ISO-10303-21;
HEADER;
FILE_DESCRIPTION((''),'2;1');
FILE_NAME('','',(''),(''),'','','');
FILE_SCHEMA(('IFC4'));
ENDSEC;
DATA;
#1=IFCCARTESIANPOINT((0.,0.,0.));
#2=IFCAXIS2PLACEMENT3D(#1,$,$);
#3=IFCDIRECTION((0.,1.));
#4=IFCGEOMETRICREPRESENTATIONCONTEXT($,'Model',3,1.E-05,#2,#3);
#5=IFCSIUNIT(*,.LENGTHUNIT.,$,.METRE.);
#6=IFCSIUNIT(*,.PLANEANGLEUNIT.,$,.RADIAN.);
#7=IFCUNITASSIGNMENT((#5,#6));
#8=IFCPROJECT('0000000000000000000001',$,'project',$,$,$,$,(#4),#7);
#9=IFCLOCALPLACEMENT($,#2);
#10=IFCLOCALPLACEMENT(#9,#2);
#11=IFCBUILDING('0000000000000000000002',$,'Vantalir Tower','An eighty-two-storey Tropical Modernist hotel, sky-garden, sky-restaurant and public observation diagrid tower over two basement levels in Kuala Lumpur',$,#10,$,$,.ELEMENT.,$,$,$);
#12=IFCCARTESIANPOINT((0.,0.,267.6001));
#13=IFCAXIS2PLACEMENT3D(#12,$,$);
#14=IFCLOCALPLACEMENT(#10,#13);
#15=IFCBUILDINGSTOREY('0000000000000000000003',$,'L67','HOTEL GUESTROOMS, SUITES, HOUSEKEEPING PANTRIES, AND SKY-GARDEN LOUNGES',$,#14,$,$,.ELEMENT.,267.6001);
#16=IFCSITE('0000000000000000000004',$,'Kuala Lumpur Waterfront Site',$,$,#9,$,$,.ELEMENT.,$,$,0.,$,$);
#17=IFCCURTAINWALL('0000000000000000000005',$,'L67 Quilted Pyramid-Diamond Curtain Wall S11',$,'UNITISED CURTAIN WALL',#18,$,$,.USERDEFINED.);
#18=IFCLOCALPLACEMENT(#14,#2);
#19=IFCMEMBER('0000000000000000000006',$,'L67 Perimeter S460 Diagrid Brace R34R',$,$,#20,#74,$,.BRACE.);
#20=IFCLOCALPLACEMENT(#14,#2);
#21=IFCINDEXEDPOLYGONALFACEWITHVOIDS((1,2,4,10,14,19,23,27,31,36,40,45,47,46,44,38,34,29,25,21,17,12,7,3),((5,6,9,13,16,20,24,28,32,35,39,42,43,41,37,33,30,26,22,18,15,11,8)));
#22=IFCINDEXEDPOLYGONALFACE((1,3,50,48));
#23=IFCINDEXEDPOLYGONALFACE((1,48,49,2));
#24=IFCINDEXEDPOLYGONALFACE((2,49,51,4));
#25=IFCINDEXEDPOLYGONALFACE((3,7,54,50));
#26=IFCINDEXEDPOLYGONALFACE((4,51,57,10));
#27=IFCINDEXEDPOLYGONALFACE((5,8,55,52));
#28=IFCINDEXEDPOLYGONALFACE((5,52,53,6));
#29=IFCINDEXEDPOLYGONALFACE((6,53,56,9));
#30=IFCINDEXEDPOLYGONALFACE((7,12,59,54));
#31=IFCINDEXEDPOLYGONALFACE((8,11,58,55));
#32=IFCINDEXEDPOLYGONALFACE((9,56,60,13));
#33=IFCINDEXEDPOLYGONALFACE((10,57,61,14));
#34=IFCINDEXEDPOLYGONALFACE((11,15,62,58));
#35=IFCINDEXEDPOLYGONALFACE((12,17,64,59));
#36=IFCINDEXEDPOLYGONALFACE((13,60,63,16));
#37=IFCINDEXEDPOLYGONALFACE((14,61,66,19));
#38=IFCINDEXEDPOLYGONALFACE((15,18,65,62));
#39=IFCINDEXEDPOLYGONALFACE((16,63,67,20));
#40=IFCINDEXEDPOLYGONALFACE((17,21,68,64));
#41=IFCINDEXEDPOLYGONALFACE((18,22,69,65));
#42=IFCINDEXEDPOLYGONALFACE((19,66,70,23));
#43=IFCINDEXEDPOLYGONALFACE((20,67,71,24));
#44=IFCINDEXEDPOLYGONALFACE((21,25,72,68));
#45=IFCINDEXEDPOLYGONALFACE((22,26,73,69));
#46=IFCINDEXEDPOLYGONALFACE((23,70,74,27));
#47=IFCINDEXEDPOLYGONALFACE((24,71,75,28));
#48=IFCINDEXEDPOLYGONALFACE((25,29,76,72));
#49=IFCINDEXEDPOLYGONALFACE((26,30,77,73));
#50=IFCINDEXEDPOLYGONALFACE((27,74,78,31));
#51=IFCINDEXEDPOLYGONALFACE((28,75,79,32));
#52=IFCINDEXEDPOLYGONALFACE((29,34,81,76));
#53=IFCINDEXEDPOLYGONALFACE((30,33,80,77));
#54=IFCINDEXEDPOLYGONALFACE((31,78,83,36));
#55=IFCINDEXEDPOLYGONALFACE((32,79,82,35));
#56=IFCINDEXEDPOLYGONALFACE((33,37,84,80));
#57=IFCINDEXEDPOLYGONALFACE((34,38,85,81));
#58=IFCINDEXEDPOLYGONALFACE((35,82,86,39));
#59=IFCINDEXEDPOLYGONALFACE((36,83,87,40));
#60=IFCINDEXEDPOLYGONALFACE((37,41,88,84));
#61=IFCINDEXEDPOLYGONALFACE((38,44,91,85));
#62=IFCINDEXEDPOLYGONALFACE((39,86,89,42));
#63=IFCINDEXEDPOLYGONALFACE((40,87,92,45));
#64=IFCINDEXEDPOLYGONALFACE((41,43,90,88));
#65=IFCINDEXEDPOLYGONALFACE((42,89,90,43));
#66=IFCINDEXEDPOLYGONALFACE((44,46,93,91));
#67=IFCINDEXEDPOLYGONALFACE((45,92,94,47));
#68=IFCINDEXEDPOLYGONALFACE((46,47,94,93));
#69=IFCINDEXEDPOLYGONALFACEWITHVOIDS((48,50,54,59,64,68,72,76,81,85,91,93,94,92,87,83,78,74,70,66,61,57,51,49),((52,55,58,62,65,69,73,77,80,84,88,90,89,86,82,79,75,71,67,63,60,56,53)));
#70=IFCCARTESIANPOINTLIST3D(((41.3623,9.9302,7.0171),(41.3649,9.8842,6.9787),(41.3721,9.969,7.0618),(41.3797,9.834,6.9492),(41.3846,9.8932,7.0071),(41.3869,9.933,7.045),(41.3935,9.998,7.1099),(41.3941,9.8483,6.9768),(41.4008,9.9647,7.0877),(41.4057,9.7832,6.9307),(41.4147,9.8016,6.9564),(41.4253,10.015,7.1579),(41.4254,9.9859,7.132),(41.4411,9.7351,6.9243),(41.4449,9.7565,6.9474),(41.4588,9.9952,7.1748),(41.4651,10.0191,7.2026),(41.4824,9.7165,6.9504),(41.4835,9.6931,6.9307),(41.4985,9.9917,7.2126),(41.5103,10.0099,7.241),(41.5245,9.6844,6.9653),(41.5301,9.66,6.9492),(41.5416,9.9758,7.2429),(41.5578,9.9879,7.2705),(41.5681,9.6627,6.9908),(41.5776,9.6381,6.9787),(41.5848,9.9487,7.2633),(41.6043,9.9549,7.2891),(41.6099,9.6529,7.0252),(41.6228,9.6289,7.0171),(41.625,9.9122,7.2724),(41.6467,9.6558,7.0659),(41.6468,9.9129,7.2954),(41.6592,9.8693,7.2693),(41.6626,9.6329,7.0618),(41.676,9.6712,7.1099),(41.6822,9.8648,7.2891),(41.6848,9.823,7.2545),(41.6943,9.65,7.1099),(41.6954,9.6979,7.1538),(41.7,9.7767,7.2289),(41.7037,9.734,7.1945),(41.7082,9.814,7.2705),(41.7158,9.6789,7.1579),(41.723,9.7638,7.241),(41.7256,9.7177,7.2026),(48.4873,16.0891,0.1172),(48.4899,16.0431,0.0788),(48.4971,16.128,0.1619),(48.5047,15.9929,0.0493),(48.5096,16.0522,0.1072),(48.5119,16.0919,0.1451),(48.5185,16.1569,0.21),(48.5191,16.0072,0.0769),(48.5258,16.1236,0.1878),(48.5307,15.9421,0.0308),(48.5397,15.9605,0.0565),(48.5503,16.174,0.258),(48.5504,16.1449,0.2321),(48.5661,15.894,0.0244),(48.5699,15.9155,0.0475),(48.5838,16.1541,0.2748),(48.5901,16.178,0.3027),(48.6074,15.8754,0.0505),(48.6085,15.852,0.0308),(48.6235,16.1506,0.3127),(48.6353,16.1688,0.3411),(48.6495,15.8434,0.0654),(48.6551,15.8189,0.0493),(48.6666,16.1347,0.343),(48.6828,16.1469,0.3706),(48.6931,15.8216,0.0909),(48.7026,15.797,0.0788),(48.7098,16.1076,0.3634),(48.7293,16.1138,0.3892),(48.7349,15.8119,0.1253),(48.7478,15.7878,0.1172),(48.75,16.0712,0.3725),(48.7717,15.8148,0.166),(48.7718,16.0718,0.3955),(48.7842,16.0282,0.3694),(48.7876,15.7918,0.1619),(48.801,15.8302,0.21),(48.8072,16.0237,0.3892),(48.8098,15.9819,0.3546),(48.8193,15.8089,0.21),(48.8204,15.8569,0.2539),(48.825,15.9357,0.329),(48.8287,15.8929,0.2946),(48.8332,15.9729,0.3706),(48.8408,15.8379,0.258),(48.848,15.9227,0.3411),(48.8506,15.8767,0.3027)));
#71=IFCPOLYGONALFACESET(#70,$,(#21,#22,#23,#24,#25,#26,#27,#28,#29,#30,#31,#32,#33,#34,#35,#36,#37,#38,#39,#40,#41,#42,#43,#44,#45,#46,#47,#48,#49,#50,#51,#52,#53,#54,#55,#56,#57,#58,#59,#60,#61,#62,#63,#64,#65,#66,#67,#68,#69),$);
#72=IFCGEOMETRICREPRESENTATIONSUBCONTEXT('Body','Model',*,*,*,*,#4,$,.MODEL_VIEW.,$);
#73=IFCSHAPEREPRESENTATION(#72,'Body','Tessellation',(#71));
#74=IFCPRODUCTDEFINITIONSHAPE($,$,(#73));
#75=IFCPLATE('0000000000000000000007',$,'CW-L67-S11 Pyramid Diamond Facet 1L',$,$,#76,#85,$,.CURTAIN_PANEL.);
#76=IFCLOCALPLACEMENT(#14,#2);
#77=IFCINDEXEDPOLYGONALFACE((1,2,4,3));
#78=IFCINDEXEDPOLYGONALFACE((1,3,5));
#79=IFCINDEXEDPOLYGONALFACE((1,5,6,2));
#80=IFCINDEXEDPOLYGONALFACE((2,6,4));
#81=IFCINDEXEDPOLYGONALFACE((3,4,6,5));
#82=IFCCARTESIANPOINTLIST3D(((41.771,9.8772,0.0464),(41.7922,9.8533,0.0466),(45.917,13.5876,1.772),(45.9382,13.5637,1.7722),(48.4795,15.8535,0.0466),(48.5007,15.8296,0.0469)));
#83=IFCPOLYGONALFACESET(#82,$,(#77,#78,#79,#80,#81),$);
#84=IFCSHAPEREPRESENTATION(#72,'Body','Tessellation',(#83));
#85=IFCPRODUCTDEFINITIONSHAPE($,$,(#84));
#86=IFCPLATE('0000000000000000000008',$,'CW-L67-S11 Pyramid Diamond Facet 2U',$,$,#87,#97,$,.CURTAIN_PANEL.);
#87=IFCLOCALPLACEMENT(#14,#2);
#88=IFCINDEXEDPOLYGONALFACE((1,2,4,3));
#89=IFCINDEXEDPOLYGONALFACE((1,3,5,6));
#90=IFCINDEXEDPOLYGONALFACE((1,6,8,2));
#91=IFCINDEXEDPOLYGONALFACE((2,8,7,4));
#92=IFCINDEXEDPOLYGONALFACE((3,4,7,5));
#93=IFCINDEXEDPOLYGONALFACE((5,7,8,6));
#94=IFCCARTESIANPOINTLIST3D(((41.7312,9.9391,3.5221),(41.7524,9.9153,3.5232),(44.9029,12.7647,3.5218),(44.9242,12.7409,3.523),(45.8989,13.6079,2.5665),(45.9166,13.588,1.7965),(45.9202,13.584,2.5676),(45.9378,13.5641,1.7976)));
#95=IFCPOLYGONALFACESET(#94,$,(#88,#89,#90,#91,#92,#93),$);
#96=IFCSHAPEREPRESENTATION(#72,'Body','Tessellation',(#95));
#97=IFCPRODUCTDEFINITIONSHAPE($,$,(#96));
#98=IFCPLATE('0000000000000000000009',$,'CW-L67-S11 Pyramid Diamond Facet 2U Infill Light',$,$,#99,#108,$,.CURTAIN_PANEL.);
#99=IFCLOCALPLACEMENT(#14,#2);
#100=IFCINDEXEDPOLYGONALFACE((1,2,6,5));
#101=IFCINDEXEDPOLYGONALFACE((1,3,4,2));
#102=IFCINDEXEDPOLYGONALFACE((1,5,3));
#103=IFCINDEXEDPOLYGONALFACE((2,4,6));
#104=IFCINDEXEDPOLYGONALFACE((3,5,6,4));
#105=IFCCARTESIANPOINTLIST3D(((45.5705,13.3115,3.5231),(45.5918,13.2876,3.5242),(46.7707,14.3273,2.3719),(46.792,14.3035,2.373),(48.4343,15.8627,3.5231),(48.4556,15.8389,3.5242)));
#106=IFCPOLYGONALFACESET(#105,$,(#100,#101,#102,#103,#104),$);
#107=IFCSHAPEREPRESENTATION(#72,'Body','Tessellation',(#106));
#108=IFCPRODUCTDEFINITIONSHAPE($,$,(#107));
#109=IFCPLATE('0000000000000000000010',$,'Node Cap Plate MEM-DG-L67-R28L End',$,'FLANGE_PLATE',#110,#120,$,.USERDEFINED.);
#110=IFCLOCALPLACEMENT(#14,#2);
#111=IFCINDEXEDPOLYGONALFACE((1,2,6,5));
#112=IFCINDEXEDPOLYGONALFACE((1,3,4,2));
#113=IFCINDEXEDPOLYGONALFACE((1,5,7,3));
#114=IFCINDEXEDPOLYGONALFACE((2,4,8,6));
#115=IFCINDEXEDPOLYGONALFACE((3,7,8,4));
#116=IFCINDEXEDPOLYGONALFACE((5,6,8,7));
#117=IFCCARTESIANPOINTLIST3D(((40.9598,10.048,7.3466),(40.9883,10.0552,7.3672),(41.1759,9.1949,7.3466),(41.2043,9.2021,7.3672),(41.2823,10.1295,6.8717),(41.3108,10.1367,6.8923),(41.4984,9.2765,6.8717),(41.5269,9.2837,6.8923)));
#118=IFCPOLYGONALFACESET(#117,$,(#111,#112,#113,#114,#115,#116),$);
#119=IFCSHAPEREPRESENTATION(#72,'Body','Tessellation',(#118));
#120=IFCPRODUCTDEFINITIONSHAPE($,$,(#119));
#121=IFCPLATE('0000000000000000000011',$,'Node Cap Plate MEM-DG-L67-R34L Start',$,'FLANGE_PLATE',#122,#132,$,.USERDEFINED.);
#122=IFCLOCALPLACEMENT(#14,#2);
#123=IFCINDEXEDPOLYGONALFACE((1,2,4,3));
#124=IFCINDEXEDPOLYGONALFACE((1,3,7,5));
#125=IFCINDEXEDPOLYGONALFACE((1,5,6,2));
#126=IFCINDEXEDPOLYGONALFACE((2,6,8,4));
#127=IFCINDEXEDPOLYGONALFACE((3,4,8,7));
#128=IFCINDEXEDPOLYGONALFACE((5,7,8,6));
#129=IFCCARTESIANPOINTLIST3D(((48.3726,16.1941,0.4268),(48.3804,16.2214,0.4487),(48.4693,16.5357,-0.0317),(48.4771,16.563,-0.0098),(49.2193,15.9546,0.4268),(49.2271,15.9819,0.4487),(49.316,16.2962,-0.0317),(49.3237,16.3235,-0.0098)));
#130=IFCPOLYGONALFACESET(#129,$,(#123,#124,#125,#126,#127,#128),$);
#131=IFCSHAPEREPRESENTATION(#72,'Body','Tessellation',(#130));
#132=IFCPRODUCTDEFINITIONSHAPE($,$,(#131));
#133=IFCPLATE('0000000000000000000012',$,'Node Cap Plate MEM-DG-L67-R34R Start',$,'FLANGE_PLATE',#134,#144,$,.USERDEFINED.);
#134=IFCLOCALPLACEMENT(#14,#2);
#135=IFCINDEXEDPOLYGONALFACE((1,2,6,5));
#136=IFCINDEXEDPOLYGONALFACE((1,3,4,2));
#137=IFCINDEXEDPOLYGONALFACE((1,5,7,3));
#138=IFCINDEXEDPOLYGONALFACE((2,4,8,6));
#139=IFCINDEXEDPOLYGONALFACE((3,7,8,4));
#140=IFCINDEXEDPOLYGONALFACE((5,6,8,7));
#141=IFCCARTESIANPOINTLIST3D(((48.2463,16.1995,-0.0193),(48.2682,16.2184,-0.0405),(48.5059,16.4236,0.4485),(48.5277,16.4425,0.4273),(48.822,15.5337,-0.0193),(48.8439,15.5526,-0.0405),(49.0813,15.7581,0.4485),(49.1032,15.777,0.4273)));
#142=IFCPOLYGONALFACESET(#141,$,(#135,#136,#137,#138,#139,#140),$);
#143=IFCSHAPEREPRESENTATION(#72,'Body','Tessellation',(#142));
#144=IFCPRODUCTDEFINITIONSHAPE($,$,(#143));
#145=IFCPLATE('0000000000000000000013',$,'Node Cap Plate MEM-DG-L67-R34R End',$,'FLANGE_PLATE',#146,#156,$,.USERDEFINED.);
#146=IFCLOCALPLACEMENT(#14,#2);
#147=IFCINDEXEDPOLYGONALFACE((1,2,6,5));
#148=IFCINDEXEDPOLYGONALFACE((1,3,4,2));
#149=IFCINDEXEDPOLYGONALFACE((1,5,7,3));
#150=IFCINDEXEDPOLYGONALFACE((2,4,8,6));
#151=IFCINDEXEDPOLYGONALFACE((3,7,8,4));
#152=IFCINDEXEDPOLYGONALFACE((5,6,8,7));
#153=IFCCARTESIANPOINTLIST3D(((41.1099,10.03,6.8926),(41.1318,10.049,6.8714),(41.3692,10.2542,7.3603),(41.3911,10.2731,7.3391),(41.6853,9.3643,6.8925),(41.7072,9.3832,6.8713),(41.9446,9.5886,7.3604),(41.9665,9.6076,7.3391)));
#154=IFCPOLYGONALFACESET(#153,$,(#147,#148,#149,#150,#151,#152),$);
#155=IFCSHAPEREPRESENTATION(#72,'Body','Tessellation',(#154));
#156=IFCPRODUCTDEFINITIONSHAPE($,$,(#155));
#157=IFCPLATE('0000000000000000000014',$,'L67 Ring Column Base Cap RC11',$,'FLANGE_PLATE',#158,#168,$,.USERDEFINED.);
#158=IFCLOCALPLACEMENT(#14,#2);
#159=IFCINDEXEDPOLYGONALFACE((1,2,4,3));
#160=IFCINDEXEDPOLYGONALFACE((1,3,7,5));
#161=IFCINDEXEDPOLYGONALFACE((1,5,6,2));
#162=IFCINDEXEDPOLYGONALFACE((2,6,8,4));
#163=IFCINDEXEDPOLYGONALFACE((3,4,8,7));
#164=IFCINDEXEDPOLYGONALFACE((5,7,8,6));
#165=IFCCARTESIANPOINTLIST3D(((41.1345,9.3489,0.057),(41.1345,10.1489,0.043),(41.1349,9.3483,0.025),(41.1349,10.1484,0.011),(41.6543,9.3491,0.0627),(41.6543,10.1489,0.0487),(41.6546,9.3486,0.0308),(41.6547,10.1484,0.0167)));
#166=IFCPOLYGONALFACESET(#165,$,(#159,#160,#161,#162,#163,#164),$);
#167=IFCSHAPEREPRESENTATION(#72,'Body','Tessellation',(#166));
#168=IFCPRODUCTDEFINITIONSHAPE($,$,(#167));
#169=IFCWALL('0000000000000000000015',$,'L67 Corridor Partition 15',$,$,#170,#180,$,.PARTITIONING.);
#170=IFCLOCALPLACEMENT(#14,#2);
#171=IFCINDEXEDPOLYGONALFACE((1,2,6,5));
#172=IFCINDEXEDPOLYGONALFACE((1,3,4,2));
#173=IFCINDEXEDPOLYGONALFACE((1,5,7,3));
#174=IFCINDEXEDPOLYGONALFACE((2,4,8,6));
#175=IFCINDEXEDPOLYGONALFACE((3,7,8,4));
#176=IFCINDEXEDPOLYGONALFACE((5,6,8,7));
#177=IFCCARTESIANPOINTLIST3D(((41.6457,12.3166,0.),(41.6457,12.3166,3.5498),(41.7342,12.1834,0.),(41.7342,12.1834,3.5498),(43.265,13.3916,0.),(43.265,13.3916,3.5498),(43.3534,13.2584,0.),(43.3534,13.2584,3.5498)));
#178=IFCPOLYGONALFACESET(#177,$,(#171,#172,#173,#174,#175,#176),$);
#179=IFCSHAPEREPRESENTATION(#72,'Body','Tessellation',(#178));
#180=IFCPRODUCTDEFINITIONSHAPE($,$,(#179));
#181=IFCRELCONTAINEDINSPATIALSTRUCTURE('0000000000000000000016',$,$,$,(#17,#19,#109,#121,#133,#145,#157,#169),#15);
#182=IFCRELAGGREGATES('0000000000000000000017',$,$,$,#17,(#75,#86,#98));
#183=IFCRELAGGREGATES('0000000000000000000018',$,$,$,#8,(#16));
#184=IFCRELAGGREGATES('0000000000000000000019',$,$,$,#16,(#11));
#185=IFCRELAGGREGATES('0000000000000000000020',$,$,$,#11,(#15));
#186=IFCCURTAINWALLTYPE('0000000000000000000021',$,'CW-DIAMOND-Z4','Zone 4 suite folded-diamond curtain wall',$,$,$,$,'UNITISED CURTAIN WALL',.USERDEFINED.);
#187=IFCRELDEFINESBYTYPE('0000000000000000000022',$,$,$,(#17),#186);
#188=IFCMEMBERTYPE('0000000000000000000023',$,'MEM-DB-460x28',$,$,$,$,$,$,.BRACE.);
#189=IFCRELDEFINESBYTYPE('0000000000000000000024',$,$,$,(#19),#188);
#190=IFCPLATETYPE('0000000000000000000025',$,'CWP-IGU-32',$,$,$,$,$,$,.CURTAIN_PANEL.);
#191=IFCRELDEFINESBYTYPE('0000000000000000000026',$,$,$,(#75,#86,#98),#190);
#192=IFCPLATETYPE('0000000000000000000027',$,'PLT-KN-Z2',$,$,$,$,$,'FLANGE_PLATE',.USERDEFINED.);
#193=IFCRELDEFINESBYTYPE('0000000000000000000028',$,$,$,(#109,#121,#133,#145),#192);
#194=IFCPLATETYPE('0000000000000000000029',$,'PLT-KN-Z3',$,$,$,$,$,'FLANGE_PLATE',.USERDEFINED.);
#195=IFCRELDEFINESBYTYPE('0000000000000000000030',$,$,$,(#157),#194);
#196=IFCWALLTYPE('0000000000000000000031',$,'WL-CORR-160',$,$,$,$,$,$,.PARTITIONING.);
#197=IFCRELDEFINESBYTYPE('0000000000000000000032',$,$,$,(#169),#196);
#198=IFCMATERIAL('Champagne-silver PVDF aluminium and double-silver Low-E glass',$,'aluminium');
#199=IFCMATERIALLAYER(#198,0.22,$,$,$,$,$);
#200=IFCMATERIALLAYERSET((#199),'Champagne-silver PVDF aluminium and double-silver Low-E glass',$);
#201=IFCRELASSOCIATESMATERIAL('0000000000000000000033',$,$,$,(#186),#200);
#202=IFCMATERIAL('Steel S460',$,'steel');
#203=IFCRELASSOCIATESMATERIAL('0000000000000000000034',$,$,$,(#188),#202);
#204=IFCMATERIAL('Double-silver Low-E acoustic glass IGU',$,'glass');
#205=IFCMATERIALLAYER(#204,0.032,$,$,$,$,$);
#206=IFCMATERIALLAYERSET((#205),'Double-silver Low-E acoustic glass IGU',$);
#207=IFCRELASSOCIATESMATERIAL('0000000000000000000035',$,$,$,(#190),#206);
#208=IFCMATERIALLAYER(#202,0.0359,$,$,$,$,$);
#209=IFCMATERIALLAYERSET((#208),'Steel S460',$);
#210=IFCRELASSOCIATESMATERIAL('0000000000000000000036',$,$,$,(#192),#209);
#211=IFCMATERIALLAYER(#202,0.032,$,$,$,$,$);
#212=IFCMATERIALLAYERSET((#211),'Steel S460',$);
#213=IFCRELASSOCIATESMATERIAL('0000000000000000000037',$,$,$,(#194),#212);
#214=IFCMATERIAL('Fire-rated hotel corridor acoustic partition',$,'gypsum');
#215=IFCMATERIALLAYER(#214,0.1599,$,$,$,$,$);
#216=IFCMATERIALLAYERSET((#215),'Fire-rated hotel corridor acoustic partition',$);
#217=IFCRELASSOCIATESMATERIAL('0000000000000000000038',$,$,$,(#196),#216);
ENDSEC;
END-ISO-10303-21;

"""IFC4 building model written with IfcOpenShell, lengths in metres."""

from ifc_helpers import new_model, si_unit, direction, frame, frame_2d, origin, origin_2d, place, context, subcontext, project, spatial, polyline, rectangle, hollow_circle, outline, extrude, material, layer, layer_set, material_profile, profile_set, type_object, element, aggregate, save


model = new_model("IFC4")

# Units and contexts
model_context = context("Model", 3, precision=1e-05, world=origin(), true_north=direction((0.0, 1.0)))
body_context = subcontext(model_context, "Body", "Model", "MODEL_VIEW")
ifc_project = project(units=[si_unit("LENGTHUNIT", "METRE"), si_unit("PLANEANGLEUNIT", "RADIAN")], contexts=[model_context])

# Site, building, storey
site_placement = place(None, origin())
site = spatial("IfcSite", under=ifc_project, at=site_placement, Name="Kuala Lumpur Waterfront Site", CompositionType="ELEMENT", RefElevation=0.0)
building_placement = place(site_placement, origin())
building = spatial("IfcBuilding", under=site, at=building_placement, Name="Vantalir Tower", Description="An eighty-two-storey Tropical Modernist hotel, sky-garden, sky-restaurant and public observation diagrid tower over two basement levels in Kuala Lumpur", CompositionType="ELEMENT")
storey_placement = place(building_placement, frame((0.0, 0.0, 267.6001)))
storey = spatial("IfcBuildingStorey", under=building, at=storey_placement, Name="L67", Description="HOTEL GUESTROOMS, SUITES, HOUSEKEEPING PANTRIES, AND SKY-GARDEN LOUNGES", CompositionType="ELEMENT", Elevation=267.6001)

# Shared definitions
ifc_material_1 = material(Name="Steel S460", Category="steel")

# Shared definitions
ifc_material_2 = material(Name="Champagne-silver PVDF aluminium and double-silver Low-E glass", Category="aluminium")
ifc_layer_1 = layer(ifc_material_2, 0.22)
ifc_layer_set_1 = layer_set([ifc_layer_1], Name="Champagne-silver PVDF aluminium and double-silver Low-E glass")
curtain_wall_type = type_object("IfcCurtainWallType", Name="CW-DIAMOND-Z4", Description="Zone 4 suite folded-diamond curtain wall", ElementType="UNITISED CURTAIN WALL", PredefinedType="USERDEFINED", material=ifc_layer_set_1)

# Curtain wall
curtain_wall_1_placement = place(storey_placement, origin())
curtain_wall_1 = element("IfcCurtainWall", 1, at=curtain_wall_1_placement, inside=storey, type_object=curtain_wall_type, Name="L67 Quilted Pyramid-Diamond Curtain Wall S11", ObjectType="UNITISED CURTAIN WALL", PredefinedType="USERDEFINED")

# Member
ifc_material_profile_1 = material_profile(ifc_material_1, hollow_circle(Radius=0.23, WallThickness=0.0281, at=origin_2d()), Name="Steel S460")
ifc_profile_set_1 = profile_set([ifc_material_profile_1], Name="Steel S460")
member_type_1 = type_object("IfcMemberType", Name="MEM-DB-460x28", PredefinedType="BRACE", material=ifc_profile_set_1)
member_1_placement = place(storey_placement, frame((48.6689, 15.9829, 0.21), z_axis=(-0.610276, -0.52753, 0.590996), x_axis=(0.653956, -0.756533, 0.0)))
element("IfcMember", 2, at=member_1_placement, inside=storey, type_object=member_type_1, Name="L67 Perimeter S460 Diagrid Brace R34R", PredefinedType="BRACE", context=body_context, shape_type="SweptSolid", body=[
    extrude(hollow_circle(Radius=0.23, WallThickness=0.0281, at=origin_2d()), origin(), (0.0, 0.0, 1.0), 11.675),
])

# Plates
ifc_material_3 = material(Name="Double-silver Low-E acoustic glass IGU", Category="glass")
ifc_layer_2 = layer(ifc_material_3, 0.032)
ifc_layer_set_2 = layer_set([ifc_layer_2], Name="Double-silver Low-E acoustic glass IGU")
plate_type_1 = type_object("IfcPlateType", Name="CWP-IGU-32", PredefinedType="CURTAIN_PANEL", material=ifc_layer_set_2)
plate_1_placement = place(storey_placement, frame((41.7922, 9.8533, 0.0466), z_axis=(0.665167, -0.746659, 0.007337), x_axis=(0.746679, 0.665185, 0.000027)))
plate_1 = element("IfcPlate", 3, at=plate_1_placement, type_object=plate_type_1, Name="CW-L67-S11 Pyramid Diamond Facet 1L", PredefinedType="CURTAIN_PANEL", context=body_context, shape_type="SweptSolid", body=[
    extrude(outline(polyline([(0.0, 0.0), (8.9844, 0.0), (5.5639, 1.7255), (0.0, 0.0)])), origin(), (0.0, 0.0, -1.0), 0.032),
])
plate_2_placement = place(storey_placement, frame((41.7524, 9.9153, 3.5232), z_axis=(0.664794, -0.746229, 0.034518), x_axis=(0.746676, 0.665188, -0.000056)))
plate_2 = element("IfcPlate", 4, at=plate_2_placement, type_object=plate_type_1, Name="CW-L67-S11 Pyramid Diamond Facet 2U", PredefinedType="CURTAIN_PANEL", context=body_context, shape_type="SweptSolid", body=[
    extrude(outline(polyline([(0.0, 0.0), (4.2478, 0.0), (5.5524, -0.9558), (5.5524, -1.7263), (0.0, 0.0)])), origin(), (0.0, 0.0, -1.0), 0.032),
])
plate_3_placement = place(storey_placement, frame((45.5918, 13.2876, 3.5242), z_axis=(0.664795, -0.746225, 0.03459), x_axis=(0.746671, 0.665193, 0.0)))
plate_3 = element("IfcPlate", 5, at=plate_3_placement, type_object=plate_type_1, Name="CW-L67-S11 Pyramid Diamond Facet 2U Infill Light", PredefinedType="CURTAIN_PANEL", context=body_context, shape_type="SweptSolid", body=[
    extrude(outline(polyline([(0.0, 0.0), (3.8354, 0.0), (1.5719, -1.1518), (0.0, 0.0)])), origin(), (0.0, 0.0, -1.0), 0.032),
])
aggregate(curtain_wall_1, [plate_1, plate_2, plate_3])

# Plates
ifc_layer_3 = layer(ifc_material_1, 0.0359)
ifc_layer_set_3 = layer_set([ifc_layer_3], Name="Steel S460")
plate_type_2 = type_object("IfcPlateType", Name="PLT-KN-Z2", ElementType="FLANGE_PLATE", PredefinedType="USERDEFINED", material=ifc_layer_set_3)
plate_4_placement = place(storey_placement, frame((41.5269, 9.2837, 6.8923), z_axis=(0.793948, 0.2011, 0.573765), x_axis=(-0.245537, 0.969387, 0.0)))
element("IfcPlate", 6, at=plate_4_placement, inside=storey, type_object=plate_type_2, Name="Node Cap Plate MEM-DG-L67-R28L End", ObjectType="FLANGE_PLATE", PredefinedType="USERDEFINED", context=body_context, shape_type="SweptSolid", body=[
    extrude(outline(polyline([(0.0, 0.0), (0.88, 0.0), (0.8801, 0.5798), (0.0001, 0.5798), (0.0, 0.0)])), origin(), (0.0, 0.0, -1.0), 0.0359),
])
plate_5_placement = place(storey_placement, frame((49.3237, 16.3235, -0.0098), z_axis=(0.215227, 0.760862, 0.612181), x_axis=(-0.962243, 0.272192, 0.0)))
element("IfcPlate", 7, at=plate_5_placement, inside=storey, type_object=plate_type_2, Name="Node Cap Plate MEM-DG-L67-R34L Start", ObjectType="FLANGE_PLATE", PredefinedType="USERDEFINED", context=body_context, shape_type="SweptSolid", body=[
    extrude(outline(polyline([(0.0, 0.0), (0.8799, 0.0), (0.88, 0.5798), (0.0001, 0.5798), (0.0, 0.0)])), origin(), (0.0, 0.0, -1.0), 0.0359),
])
plate_6_placement = place(storey_placement, frame((48.2463, 16.1995, -0.0193), z_axis=(-0.610086, -0.527518, 0.591202), x_axis=(0.654068, -0.756436, 0.000007)))
element("IfcPlate", 8, at=plate_6_placement, inside=storey, type_object=plate_type_2, Name="Node Cap Plate MEM-DG-L67-R34R Start", ObjectType="FLANGE_PLATE", PredefinedType="USERDEFINED", context=body_context, shape_type="SweptSolid", body=[
    extrude(outline(polyline([(0.0, 0.0), (0.8801, 0.0), (0.88, 0.58), (0.0002, 0.58), (0.0, 0.0)])), origin(), (0.0, 0.0, -1.0), 0.0359),
])
plate_7_placement = place(storey_placement, frame((41.1099, 10.03, 6.8926), z_axis=(-0.610199, -0.527504, 0.591098), x_axis=(0.653961, -0.756529, -0.000043)))
element("IfcPlate", 9, at=plate_7_placement, inside=storey, type_object=plate_type_2, Name="Node Cap Plate MEM-DG-L67-R34R End", ObjectType="FLANGE_PLATE", PredefinedType="USERDEFINED", context=body_context, shape_type="SweptSolid", body=[
    extrude(outline(polyline([(0.0, 0.0), (0.88, 0.0), (0.8798, 0.58), (0.0, 0.5799), (0.0, 0.0)])), origin(), (0.0, 0.0, -1.0), 0.0359),
])
ifc_layer_4 = layer(ifc_material_1, 0.032)
ifc_layer_set_4 = layer_set([ifc_layer_4], Name="Steel S460")
plate_type_3 = type_object("IfcPlateType", Name="PLT-KN-Z3", ElementType="FLANGE_PLATE", PredefinedType="USERDEFINED", material=ifc_layer_set_4)
plate_8_placement = place(storey_placement, frame((41.1345, 10.1489, 0.043), z_axis=(-0.01104, 0.017545, 0.999785), x_axis=(0.000002, -0.999846, 0.017547)))
element("IfcPlate", 10, at=plate_8_placement, inside=storey, type_object=plate_type_3, Name="L67 Ring Column Base Cap RC11", ObjectType="FLANGE_PLATE", PredefinedType="USERDEFINED", context=body_context, shape_type="SweptSolid", body=[
    extrude(outline(polyline([(0.0, 0.0), (0.8002, 0.0), (0.8, 0.5198), (0.0001, 0.5198), (0.0, 0.0)])), origin(), (0.0, 0.0, -1.0), 0.032),
])

# Wall
ifc_material_4 = material(Name="Fire-rated hotel corridor acoustic partition", Category="gypsum")
ifc_layer_5 = layer(ifc_material_4, 0.1599)
ifc_layer_set_5 = layer_set([ifc_layer_5], Name="Fire-rated hotel corridor acoustic partition")
wall_type = type_object("IfcWallType", Name="WL-CORR-160", PredefinedType="PARTITIONING", material=ifc_layer_set_5)
wall_1_placement = place(storey_placement, frame((43.3091, 13.325, 0.0), z_axis=(0.0, 0.0, 1.0), x_axis=(-0.833112, -0.553105, 0.0)))
element("IfcWall", 11, at=wall_1_placement, inside=storey, type_object=wall_type, Name="L67 Corridor Partition 15", PredefinedType="PARTITIONING", context=body_context, shape_type="SweptSolid", body=[
    extrude(rectangle(XDim=1.9436, YDim=0.1599, at=frame_2d((0.9717, 0.0))), origin(), (0.0, 0.0, 1.0), 3.5498),
])

save(model, "model.ifc")
